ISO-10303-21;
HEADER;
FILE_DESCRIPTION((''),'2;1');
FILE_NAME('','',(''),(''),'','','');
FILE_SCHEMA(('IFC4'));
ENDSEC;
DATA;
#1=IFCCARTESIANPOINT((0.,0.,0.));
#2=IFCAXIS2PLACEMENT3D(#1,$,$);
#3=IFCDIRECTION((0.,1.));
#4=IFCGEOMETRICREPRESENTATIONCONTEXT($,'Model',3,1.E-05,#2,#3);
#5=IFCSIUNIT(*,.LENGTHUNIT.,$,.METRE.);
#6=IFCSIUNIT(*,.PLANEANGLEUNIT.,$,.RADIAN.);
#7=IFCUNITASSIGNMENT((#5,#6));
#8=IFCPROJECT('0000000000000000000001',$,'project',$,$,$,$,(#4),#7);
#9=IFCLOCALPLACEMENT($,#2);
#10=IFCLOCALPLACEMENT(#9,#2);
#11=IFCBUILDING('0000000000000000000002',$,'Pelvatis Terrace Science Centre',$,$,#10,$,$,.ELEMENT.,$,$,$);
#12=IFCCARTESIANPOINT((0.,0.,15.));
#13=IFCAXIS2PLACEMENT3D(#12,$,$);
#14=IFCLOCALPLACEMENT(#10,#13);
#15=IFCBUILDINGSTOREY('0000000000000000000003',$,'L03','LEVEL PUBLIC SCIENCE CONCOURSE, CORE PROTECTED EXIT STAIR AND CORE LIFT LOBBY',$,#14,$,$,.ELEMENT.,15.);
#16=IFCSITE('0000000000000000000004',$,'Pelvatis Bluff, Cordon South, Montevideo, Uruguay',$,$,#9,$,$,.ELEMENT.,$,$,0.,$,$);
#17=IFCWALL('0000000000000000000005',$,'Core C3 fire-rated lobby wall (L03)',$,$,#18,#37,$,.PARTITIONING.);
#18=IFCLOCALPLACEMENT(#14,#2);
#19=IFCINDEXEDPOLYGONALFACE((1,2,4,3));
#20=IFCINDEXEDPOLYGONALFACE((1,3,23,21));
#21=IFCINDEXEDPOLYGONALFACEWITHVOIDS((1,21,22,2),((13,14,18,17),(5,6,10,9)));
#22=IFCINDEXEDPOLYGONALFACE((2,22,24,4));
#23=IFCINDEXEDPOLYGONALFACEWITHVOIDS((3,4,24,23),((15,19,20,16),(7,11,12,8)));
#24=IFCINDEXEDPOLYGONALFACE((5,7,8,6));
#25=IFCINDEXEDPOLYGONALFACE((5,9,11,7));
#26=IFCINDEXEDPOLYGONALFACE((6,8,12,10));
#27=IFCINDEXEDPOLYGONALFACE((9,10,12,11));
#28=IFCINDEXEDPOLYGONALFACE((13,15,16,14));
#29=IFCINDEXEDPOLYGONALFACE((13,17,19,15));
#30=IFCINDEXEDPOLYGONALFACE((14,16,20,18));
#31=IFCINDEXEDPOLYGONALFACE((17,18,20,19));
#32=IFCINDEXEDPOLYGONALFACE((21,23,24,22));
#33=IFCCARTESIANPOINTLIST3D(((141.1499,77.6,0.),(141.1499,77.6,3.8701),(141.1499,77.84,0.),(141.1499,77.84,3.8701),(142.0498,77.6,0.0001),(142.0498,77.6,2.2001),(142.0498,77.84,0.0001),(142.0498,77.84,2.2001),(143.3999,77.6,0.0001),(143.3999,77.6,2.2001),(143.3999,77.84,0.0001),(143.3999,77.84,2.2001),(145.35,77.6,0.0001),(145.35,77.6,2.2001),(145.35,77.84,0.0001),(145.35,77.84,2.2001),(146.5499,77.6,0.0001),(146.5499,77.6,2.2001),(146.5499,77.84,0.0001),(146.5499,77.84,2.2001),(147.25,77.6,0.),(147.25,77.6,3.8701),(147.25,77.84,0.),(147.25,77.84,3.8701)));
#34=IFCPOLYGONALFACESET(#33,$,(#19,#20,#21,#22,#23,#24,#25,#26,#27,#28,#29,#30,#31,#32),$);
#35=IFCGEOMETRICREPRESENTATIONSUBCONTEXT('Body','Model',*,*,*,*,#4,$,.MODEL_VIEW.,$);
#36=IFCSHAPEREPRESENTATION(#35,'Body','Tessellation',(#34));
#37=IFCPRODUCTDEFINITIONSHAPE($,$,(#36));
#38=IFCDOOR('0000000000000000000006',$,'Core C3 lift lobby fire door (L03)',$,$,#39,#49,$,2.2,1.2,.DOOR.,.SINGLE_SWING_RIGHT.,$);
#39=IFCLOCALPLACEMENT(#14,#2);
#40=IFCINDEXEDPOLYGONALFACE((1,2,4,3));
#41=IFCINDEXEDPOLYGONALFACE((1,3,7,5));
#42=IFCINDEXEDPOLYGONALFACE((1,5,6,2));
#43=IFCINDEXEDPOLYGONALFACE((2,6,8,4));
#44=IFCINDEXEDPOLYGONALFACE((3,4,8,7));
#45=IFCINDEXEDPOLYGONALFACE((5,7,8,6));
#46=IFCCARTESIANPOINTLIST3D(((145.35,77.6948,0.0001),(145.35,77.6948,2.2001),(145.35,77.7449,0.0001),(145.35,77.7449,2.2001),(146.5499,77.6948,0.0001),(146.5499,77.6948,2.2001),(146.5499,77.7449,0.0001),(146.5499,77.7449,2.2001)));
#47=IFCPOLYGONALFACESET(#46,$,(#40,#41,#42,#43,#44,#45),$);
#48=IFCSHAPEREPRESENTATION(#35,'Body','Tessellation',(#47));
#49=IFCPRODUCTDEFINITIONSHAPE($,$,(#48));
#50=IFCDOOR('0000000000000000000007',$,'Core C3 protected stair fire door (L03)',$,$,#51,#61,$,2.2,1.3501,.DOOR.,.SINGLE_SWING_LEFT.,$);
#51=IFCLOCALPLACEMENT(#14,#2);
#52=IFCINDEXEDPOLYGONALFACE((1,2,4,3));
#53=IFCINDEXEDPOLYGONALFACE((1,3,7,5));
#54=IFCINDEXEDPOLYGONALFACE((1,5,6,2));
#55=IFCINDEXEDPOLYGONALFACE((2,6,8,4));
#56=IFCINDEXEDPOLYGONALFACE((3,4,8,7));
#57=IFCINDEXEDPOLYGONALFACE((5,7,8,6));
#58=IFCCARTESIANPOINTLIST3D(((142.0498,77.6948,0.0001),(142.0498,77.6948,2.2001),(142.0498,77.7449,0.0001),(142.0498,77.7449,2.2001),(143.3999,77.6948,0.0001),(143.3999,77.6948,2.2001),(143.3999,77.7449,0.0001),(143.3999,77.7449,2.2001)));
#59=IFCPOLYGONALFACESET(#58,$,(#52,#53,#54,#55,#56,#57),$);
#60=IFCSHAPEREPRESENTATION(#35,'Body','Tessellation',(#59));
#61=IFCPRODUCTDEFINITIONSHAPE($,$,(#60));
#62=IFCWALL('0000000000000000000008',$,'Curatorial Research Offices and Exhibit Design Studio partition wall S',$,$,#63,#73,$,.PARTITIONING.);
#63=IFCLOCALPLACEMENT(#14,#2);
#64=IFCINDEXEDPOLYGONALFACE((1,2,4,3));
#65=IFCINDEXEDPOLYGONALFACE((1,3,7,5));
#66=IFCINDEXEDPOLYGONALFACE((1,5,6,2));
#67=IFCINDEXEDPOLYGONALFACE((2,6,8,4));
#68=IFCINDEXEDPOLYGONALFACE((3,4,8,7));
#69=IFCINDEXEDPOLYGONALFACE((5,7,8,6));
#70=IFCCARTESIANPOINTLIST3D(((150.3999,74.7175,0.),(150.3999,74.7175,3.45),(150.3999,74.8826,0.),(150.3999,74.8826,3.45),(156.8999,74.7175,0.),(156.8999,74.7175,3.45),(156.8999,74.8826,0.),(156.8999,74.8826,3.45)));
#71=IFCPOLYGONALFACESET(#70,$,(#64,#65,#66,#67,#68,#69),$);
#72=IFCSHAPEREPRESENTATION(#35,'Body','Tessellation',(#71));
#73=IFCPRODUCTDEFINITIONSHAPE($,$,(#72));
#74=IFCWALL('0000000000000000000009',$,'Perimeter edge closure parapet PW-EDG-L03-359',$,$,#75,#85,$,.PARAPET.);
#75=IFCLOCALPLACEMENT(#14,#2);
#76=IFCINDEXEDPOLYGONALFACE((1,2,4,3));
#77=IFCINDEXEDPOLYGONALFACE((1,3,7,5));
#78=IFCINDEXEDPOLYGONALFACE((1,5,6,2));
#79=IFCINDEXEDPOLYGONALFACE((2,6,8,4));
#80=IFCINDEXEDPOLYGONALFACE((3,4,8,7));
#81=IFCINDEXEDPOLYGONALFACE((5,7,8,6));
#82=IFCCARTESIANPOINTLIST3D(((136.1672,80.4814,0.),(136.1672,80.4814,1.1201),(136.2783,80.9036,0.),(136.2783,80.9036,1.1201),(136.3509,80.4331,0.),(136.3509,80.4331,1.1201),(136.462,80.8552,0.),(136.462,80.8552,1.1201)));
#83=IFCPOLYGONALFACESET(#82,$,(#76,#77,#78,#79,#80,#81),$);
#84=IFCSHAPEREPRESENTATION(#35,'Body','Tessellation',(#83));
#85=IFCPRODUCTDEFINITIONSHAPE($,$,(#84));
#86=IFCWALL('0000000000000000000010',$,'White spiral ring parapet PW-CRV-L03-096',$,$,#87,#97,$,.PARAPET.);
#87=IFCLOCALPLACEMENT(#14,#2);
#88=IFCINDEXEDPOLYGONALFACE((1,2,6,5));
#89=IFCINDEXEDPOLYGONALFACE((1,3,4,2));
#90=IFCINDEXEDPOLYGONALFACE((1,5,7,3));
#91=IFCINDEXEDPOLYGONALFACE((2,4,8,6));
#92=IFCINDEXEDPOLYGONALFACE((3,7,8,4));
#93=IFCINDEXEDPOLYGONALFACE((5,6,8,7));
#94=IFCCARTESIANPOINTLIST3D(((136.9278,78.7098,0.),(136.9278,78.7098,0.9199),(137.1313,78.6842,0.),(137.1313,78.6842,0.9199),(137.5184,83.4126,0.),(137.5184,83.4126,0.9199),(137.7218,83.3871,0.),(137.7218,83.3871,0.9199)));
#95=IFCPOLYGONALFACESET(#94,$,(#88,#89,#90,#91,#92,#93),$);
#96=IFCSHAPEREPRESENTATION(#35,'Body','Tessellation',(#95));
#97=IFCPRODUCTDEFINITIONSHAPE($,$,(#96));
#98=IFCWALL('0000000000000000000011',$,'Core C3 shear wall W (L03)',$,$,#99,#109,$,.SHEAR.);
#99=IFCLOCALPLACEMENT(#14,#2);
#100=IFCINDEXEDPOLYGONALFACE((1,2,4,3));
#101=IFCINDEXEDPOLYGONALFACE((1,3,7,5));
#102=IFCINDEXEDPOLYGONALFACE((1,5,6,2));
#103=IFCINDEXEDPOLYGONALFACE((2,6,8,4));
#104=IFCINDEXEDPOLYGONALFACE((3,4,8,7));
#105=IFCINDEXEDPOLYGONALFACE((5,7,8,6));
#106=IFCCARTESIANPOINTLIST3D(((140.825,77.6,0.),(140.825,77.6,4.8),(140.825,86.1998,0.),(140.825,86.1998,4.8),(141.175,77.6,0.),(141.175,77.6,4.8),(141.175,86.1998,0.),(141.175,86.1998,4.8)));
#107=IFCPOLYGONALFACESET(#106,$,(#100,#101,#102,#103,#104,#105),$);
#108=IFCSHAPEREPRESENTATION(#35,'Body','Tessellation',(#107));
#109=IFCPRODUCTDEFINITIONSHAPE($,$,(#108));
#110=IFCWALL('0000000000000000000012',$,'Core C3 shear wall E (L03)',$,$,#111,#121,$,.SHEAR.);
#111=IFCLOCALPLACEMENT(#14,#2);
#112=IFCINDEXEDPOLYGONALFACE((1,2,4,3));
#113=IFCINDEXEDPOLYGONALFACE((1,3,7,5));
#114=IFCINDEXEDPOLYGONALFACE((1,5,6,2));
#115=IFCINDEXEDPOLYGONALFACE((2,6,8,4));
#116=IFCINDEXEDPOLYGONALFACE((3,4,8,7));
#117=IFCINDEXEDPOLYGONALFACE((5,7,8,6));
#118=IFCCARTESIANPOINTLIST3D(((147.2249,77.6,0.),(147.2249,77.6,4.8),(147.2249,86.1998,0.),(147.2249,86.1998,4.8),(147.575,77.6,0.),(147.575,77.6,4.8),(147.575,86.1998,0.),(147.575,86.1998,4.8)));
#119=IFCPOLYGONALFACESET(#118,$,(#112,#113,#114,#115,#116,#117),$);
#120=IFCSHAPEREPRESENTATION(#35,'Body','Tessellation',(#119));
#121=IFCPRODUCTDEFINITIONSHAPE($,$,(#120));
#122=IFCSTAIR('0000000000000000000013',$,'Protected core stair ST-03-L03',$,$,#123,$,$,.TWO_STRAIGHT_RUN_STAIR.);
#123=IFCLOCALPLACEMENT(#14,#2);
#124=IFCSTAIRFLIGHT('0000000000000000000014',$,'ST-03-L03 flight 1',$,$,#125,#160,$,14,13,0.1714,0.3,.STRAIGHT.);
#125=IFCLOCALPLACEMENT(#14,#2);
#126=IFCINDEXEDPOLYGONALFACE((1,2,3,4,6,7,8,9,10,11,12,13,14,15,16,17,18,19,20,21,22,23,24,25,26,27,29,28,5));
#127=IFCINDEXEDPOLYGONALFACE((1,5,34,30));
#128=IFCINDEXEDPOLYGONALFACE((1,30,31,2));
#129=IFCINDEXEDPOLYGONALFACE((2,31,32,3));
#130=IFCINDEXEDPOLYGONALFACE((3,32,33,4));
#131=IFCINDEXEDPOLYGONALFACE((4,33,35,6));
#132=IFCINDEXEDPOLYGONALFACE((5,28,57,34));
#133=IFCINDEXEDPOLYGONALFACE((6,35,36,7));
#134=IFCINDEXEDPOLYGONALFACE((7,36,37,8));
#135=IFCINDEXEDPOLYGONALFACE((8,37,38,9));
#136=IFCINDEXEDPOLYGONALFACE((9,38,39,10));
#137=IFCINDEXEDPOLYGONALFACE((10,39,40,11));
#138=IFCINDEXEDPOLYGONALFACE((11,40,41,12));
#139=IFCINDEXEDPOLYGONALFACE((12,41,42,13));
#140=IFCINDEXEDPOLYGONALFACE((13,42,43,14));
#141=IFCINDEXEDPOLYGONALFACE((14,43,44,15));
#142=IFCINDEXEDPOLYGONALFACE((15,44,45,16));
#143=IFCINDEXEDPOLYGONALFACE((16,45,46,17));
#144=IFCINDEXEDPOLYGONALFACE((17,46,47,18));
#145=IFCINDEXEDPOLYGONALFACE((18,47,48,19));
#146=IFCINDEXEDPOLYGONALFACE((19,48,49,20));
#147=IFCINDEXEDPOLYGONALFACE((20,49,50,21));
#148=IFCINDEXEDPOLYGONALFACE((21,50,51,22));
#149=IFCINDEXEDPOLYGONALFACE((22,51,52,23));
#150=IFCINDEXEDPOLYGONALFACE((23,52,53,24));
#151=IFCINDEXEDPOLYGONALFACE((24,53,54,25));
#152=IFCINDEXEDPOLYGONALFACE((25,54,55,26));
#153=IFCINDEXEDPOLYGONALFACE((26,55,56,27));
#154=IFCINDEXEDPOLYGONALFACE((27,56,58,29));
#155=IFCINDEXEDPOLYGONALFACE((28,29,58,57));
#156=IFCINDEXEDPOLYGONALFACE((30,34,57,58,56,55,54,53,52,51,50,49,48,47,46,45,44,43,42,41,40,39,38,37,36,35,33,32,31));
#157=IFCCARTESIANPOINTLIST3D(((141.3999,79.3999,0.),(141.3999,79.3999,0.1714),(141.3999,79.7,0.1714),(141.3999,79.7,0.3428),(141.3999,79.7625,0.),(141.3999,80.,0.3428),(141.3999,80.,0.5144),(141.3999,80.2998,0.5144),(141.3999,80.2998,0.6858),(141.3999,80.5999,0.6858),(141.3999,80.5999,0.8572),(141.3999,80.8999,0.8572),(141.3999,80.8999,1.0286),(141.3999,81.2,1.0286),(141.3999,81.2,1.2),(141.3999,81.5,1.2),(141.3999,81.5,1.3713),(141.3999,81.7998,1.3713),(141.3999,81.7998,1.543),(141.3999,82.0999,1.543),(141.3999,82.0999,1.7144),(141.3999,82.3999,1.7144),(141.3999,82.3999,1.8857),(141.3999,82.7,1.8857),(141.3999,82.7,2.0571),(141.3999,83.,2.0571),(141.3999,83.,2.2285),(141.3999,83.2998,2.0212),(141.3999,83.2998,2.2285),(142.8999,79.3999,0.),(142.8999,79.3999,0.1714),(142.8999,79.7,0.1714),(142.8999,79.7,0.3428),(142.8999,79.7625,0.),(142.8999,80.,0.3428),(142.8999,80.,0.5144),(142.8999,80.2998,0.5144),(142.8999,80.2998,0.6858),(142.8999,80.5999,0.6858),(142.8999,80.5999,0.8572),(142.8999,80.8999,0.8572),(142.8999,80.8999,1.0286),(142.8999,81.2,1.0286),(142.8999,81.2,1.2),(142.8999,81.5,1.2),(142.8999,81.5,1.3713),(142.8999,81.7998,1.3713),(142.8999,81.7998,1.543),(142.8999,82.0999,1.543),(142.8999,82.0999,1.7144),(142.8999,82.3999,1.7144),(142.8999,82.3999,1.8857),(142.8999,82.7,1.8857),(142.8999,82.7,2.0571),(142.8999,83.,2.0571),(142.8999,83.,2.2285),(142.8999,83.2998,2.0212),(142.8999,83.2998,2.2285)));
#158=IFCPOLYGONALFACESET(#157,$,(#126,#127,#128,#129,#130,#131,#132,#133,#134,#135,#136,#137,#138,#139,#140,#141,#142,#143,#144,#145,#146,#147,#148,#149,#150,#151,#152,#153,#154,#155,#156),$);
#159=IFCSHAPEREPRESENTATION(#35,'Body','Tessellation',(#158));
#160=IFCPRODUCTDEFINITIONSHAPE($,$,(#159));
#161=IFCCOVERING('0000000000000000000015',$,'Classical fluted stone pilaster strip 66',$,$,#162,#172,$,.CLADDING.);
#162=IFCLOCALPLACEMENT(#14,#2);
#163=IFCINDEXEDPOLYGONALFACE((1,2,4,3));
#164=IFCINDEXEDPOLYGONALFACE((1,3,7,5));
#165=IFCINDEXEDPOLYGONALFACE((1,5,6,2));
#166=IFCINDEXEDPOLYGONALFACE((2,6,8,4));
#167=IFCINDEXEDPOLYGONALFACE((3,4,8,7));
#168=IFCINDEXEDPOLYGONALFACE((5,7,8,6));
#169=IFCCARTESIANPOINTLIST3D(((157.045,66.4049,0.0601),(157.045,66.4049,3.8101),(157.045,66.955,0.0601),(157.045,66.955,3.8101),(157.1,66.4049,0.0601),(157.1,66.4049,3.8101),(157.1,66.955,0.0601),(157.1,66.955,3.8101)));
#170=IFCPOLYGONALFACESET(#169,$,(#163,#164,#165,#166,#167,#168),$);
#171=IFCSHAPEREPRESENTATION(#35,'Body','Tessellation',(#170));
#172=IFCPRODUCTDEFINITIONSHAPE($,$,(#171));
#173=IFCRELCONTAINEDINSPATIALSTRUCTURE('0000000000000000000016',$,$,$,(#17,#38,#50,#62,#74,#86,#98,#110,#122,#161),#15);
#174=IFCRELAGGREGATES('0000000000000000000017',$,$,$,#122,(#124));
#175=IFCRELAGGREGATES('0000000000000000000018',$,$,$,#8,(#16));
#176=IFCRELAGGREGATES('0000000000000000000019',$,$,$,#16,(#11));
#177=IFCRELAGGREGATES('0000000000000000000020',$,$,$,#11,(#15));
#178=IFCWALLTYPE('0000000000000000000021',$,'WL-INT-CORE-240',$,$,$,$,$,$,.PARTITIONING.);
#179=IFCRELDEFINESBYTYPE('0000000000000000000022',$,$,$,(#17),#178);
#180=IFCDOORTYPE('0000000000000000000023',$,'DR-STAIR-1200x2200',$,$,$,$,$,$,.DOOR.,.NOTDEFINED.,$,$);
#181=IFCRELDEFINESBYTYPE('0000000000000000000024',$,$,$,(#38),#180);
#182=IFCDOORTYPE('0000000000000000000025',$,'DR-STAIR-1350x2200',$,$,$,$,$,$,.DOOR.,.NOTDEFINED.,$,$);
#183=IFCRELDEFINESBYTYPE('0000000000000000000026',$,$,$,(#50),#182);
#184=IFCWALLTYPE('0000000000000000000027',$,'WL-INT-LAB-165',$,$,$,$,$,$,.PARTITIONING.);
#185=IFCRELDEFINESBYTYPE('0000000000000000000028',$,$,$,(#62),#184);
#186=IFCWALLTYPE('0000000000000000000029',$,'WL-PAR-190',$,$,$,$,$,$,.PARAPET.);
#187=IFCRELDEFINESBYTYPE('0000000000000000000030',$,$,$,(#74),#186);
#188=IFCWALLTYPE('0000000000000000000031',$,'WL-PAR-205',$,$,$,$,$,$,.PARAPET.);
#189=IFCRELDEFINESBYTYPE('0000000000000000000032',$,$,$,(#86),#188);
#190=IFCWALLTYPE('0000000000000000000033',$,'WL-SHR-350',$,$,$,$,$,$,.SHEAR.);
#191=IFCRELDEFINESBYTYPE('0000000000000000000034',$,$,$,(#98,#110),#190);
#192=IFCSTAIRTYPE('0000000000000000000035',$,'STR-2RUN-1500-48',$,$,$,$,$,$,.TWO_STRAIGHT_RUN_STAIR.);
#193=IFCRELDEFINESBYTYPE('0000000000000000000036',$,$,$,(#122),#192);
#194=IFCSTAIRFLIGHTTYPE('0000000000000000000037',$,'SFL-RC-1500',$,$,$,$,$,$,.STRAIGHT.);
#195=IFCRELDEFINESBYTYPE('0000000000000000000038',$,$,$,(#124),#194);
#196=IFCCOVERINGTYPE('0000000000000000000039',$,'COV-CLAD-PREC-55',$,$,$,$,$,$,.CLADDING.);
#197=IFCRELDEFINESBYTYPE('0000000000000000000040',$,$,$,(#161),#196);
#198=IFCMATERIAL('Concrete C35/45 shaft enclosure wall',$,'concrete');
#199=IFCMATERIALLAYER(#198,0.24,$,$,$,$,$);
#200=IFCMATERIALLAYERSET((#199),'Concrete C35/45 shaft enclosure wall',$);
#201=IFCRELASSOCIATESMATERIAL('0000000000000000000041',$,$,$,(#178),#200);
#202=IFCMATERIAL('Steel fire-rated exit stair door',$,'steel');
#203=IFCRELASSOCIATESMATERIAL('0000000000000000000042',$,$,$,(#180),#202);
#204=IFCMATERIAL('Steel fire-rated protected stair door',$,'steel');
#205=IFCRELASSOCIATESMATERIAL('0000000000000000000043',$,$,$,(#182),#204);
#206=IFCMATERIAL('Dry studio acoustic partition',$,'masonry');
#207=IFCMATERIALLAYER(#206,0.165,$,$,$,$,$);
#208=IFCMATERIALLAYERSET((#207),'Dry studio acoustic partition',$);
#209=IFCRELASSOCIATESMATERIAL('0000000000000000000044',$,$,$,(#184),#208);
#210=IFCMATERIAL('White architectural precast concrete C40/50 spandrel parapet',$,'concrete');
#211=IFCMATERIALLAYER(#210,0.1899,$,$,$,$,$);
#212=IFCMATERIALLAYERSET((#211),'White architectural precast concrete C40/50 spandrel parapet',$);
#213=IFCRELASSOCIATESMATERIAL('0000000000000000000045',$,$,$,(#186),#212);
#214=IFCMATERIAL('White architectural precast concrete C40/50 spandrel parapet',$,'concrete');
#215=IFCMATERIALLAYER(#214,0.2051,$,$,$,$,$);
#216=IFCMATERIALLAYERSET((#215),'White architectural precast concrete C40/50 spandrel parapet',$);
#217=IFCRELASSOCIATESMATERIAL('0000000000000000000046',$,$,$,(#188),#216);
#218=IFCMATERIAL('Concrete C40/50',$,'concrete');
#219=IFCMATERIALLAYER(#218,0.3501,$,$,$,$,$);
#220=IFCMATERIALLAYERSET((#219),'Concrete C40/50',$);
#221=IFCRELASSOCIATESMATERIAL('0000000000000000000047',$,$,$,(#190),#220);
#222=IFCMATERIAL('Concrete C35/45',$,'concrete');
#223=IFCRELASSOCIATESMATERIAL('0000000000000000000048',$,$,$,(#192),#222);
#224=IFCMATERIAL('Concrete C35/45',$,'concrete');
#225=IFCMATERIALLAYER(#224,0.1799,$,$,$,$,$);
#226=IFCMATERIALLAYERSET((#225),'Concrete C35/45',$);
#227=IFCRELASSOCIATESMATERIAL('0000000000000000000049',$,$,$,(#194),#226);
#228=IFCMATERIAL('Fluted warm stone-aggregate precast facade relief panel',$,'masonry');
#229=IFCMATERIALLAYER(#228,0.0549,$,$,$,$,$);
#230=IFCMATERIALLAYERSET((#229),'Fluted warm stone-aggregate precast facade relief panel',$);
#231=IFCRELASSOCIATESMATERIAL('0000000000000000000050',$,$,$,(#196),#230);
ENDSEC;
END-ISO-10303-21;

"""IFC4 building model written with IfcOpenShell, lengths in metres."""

from ifc_helpers import new_model, si_unit, direction, frame, frame_2d, origin, origin_2d, place, context, subcontext, project, spatial, polyline, rectangle, outline, extrude, material, layer, layer_set, type_object, element, fill, aggregate, save


model = new_model("IFC4")

# Units and contexts
model_context = context("Model", 3, precision=1e-05, world=origin(), true_north=direction((0.0, 1.0)))
body_context = subcontext(model_context, "Body", "Model", "MODEL_VIEW")
ifc_project = project(units=[si_unit("LENGTHUNIT", "METRE"), si_unit("PLANEANGLEUNIT", "RADIAN")], contexts=[model_context])

# Site, building, storey
site_placement = place(None, origin())
site = spatial("IfcSite", under=ifc_project, at=site_placement, Name="Pelvatis Bluff, Cordon South, Montevideo, Uruguay", CompositionType="ELEMENT", RefElevation=0.0)
building_placement = place(site_placement, origin())
building = spatial("IfcBuilding", under=site, at=building_placement, Name="Pelvatis Terrace Science Centre", CompositionType="ELEMENT")
storey_placement = place(building_placement, frame((0.0, 0.0, 15.0)))
storey = spatial("IfcBuildingStorey", under=building, at=storey_placement, Name="L03", Description="LEVEL PUBLIC SCIENCE CONCOURSE, CORE PROTECTED EXIT STAIR AND CORE LIFT LOBBY", CompositionType="ELEMENT", Elevation=15.0)

# Wall, openings, doors
ifc_material_1 = material(Name="Concrete C35/45 shaft enclosure wall", Category="concrete")
ifc_layer_1 = layer(ifc_material_1, 0.24)
ifc_layer_set_1 = layer_set([ifc_layer_1], Name="Concrete C35/45 shaft enclosure wall")
wall_type_1 = type_object("IfcWallType", Name="WL-INT-CORE-240", PredefinedType="PARTITIONING", material=ifc_layer_set_1)
wall_1_placement = place(storey_placement, frame((141.1499, 77.72, 0.0), z_axis=(0.0, 0.0, 1.0), x_axis=(1.0, 0.0, 0.0)))
wall_1 = element("IfcWall", 1, at=wall_1_placement, inside=storey, type_object=wall_type_1, Name="Core C3 fire-rated lobby wall (L03)", PredefinedType="PARTITIONING", context=body_context, shape_type="SweptSolid", body=[
    extrude(rectangle(XDim=6.1001, YDim=0.24, at=frame_2d((3.05, 0.0))), origin(), (0.0, 0.0, 1.0), 3.8701),
])
opening_1_placement = place(wall_1_placement, frame((0.8999, 0.0, 0.0)))
opening_1 = element("IfcOpeningElement", 2, at=opening_1_placement, cuts=wall_1, PredefinedType="OPENING", context=body_context, shape_type="SweptSolid", body=[
    extrude(rectangle(XDim=1.3501, YDim=2.2, at=frame_2d((0.675, 1.1001))), frame((0.0, 0.1299, 0.0), z_axis=(0.0, -1.0, 0.0), x_axis=(1.0, 0.0, 0.0)), (0.0, 0.0, 1.0), 0.26),
])
opening_2_placement = place(wall_1_placement, frame((4.2, 0.0, 0.0)))
opening_2 = element("IfcOpeningElement", 3, at=opening_2_placement, cuts=wall_1, PredefinedType="OPENING", context=body_context, shape_type="SweptSolid", body=[
    extrude(rectangle(XDim=1.2, YDim=2.2, at=frame_2d((0.6001, 1.1001))), frame((0.0, 0.1299, 0.0), z_axis=(0.0, -1.0, 0.0), x_axis=(1.0, 0.0, 0.0)), (0.0, 0.0, 1.0), 0.26),
])
ifc_material_2 = material(Name="Steel fire-rated exit stair door", Category="steel")
door_type_1 = type_object("IfcDoorType", Name="DR-STAIR-1200x2200", OperationType="NOTDEFINED", PredefinedType="DOOR", material=ifc_material_2)
door_1_placement = place(opening_2_placement, origin())
door_1 = element("IfcDoor", 4, at=door_1_placement, inside=storey, type_object=door_type_1, Name="Core C3 lift lobby fire door (L03)", OperationType="SINGLE_SWING_RIGHT", OverallHeight=2.2, OverallWidth=1.2, PredefinedType="DOOR", context=body_context, shape_type="SweptSolid", body=[
    extrude(rectangle(XDim=1.2, YDim=2.2, at=frame_2d((0.6001, 1.1001))), frame((0.0, 0.0249, 0.0), z_axis=(0.0, -1.0, 0.0), x_axis=(1.0, 0.0, 0.0)), (0.0, 0.0, 1.0), 0.05),
])
fill(opening_2, door_1)
ifc_material_3 = material(Name="Steel fire-rated protected stair door", Category="steel")
door_type_2 = type_object("IfcDoorType", Name="DR-STAIR-1350x2200", OperationType="NOTDEFINED", PredefinedType="DOOR", material=ifc_material_3)
door_2_placement = place(opening_1_placement, origin())
door_2 = element("IfcDoor", 5, at=door_2_placement, inside=storey, type_object=door_type_2, Name="Core C3 protected stair fire door (L03)", OperationType="SINGLE_SWING_LEFT", OverallHeight=2.2, OverallWidth=1.3501, PredefinedType="DOOR", context=body_context, shape_type="SweptSolid", body=[
    extrude(rectangle(XDim=1.3501, YDim=2.2, at=frame_2d((0.675, 1.1001))), frame((0.0, 0.0249, 0.0), z_axis=(0.0, -1.0, 0.0), x_axis=(1.0, 0.0, 0.0)), (0.0, 0.0, 1.0), 0.05),
])
fill(opening_1, door_2)

# Walls
ifc_material_4 = material(Name="Dry studio acoustic partition", Category="masonry")
ifc_layer_2 = layer(ifc_material_4, 0.165)
ifc_layer_set_2 = layer_set([ifc_layer_2], Name="Dry studio acoustic partition")
wall_type_2 = type_object("IfcWallType", Name="WL-INT-LAB-165", PredefinedType="PARTITIONING", material=ifc_layer_set_2)
wall_2_placement = place(storey_placement, frame((150.3999, 74.8, 0.0), z_axis=(0.0, 0.0, 1.0), x_axis=(1.0, 0.0, 0.0)))
element("IfcWall", 6, at=wall_2_placement, inside=storey, type_object=wall_type_2, Name="Curatorial Research Offices and Exhibit Design Studio partition wall S", PredefinedType="PARTITIONING", context=body_context, shape_type="SweptSolid", body=[
    extrude(rectangle(XDim=6.5, YDim=0.165, at=frame_2d((3.25, 0.0))), origin(), (0.0, 0.0, 1.0), 3.45),
])
ifc_material_5 = material(Name="White architectural precast concrete C40/50 spandrel parapet", Category="concrete")
ifc_layer_3 = layer(ifc_material_5, 0.1899)
ifc_layer_set_3 = layer_set([ifc_layer_3], Name="White architectural precast concrete C40/50 spandrel parapet")
wall_type_3 = type_object("IfcWallType", Name="WL-PAR-190", PredefinedType="PARAPET", material=ifc_layer_set_3)
wall_3_placement = place(storey_placement, frame((136.3701, 80.8794, 0.0), z_axis=(0.0, 0.0, 1.0), x_axis=(-0.254493, -0.967075, 0.0)))
element("IfcWall", 7, at=wall_3_placement, inside=storey, type_object=wall_type_3, Name="Perimeter edge closure parapet PW-EDG-L03-359", PredefinedType="PARAPET", context=body_context, shape_type="SweptSolid", body=[
    extrude(rectangle(XDim=0.4365, YDim=0.1899, at=frame_2d((0.2183, 0.0))), origin(), (0.0, 0.0, 1.0), 1.1201),
])
ifc_material_6 = material(Name="White architectural precast concrete C40/50 spandrel parapet", Category="concrete")
ifc_layer_4 = layer(ifc_material_6, 0.2051)
ifc_layer_set_4 = layer_set([ifc_layer_4], Name="White architectural precast concrete C40/50 spandrel parapet")
wall_type_4 = type_object("IfcWallType", Name="WL-PAR-205", PredefinedType="PARAPET", material=ifc_layer_set_4)
wall_4_placement = place(storey_placement, frame((137.0295, 78.697, 0.0), z_axis=(0.0, 0.0, 1.0), x_axis=(0.124599, 0.992207, 0.0)))
element("IfcWall", 8, at=wall_4_placement, inside=storey, type_object=wall_type_4, Name="White spiral ring parapet PW-CRV-L03-096", PredefinedType="PARAPET", context=body_context, shape_type="SweptSolid", body=[
    extrude(rectangle(XDim=4.7397, YDim=0.2051, at=frame_2d((2.3699, 0.0))), origin(), (0.0, 0.0, 1.0), 0.9199),
])
ifc_material_7 = material(Name="Concrete C40/50", Category="concrete")
ifc_layer_5 = layer(ifc_material_7, 0.3501)
ifc_layer_set_5 = layer_set([ifc_layer_5], Name="Concrete C40/50")
wall_type_5 = type_object("IfcWallType", Name="WL-SHR-350", PredefinedType="SHEAR", material=ifc_layer_set_5)
for number, where, z_axis, x_axis, name in (
    (9, (141.0, 77.6001, 0.0), (0.0, 0.0, 1.0), (0.0, 1.0, 0.0), "Core C3 shear wall W (L03)"),
    (10, (147.3999, 77.6001, 0.0), (0.0, 0.0, 1.0), (0.0, 1.0, 0.0), "Core C3 shear wall E (L03)"),
):
    element("IfcWall", number, at=place(storey_placement, frame(where, z_axis=z_axis, x_axis=x_axis)), inside=storey, type_object=wall_type_5, Name=name, PredefinedType="SHEAR", context=body_context, shape_type="SweptSolid", body=[
        extrude(rectangle(XDim=8.5999, YDim=0.3501, at=frame_2d((4.2998, 0.0))), origin(), (0.0, 0.0, 1.0), 4.8),
    ])

# Stair, stair flight
ifc_material_8 = material(Name="Concrete C35/45", Category="concrete")
stair_type = type_object("IfcStairType", Name="STR-2RUN-1500-48", PredefinedType="TWO_STRAIGHT_RUN_STAIR", material=ifc_material_8)
stair_placement = place(storey_placement, origin())
stair = element("IfcStair", 11, at=stair_placement, inside=storey, type_object=stair_type, Name="Protected core stair ST-03-L03", PredefinedType="TWO_STRAIGHT_RUN_STAIR")
ifc_material_9 = material(Name="Concrete C35/45", Category="concrete")
ifc_layer_6 = layer(ifc_material_9, 0.1799)
ifc_layer_set_6 = layer_set([ifc_layer_6], Name="Concrete C35/45")
stair_flight_type = type_object("IfcStairFlightType", Name="SFL-RC-1500", PredefinedType="STRAIGHT", material=ifc_layer_set_6)
stair_flight_placement = place(storey_placement, frame((142.1499, 79.3999, 0.0), z_axis=(0.0, 0.0, 1.0), x_axis=(0.0, 1.0, 0.0)))
stair_flight = element("IfcStairFlight", 12, at=stair_flight_placement, type_object=stair_flight_type, Name="ST-03-L03 flight 1", NumberOfRisers=14, NumberOfTreads=13, PredefinedType="STRAIGHT", RiserHeight=0.1714, TreadLength=0.3, context=body_context, shape_type="SweptSolid", body=[
    extrude(outline(polyline([(0.0, 0.0), (0.0, 0.1714), (0.3, 0.1714), (0.3, 0.3428), (0.6001, 0.3428), (0.6001, 0.5144), (0.8999, 0.5144), (0.8999, 0.6858), (1.2, 0.6858), (1.2, 0.8572), (1.5, 0.8572), (1.5, 1.0286), (1.8, 1.0286), (1.8, 1.2), (2.1001, 1.2), (2.1001, 1.3713), (2.3999, 1.3713), (2.3999, 1.543), (2.7, 1.543), (2.7, 1.7144), (3.0, 1.7144), (3.0, 1.8857), (3.3, 1.8857), (3.3, 2.0571), (3.6001, 2.0571), (3.6001, 2.2285), (3.8999, 2.2285), (3.8999, 2.3999), (3.8999, 2.0212), (0.3625, 0.0), (0.0, 0.0)])), frame((0.0, 0.75, 0.0), z_axis=(0.0, -1.0, 0.0), x_axis=(1.0, 0.0, 0.0)), (0.0, 0.0, 1.0), 1.5),
])
aggregate(stair, [stair_flight])

# Covering
ifc_material_10 = material(Name="Fluted warm stone-aggregate precast facade relief panel", Category="masonry")
ifc_layer_7 = layer(ifc_material_10, 0.0549)
ifc_layer_set_7 = layer_set([ifc_layer_7], Name="Fluted warm stone-aggregate precast facade relief panel")
covering_type = type_object("IfcCoveringType", Name="COV-CLAD-PREC-55", PredefinedType="CLADDING", material=ifc_layer_set_7)
for number, where, z_axis, x_axis, name in (
    (13, (157.0725, 66.6799, 0.0601), (0.0, 0.0, 1.0), (1.0, 0.0, 0.0), "Classical fluted stone pilaster strip 66"),
):
    element("IfcCovering", number, at=place(storey_placement, frame(where, z_axis=z_axis, x_axis=x_axis)), inside=storey, type_object=covering_type, Name=name, PredefinedType="CLADDING", context=body_context, shape_type="SweptSolid", body=[
        extrude(rectangle(XDim=0.0549, YDim=0.55, at=origin_2d()), origin(), (0.0, 0.0, 1.0), 3.75),
    ])

save(model, "model.ifc")
